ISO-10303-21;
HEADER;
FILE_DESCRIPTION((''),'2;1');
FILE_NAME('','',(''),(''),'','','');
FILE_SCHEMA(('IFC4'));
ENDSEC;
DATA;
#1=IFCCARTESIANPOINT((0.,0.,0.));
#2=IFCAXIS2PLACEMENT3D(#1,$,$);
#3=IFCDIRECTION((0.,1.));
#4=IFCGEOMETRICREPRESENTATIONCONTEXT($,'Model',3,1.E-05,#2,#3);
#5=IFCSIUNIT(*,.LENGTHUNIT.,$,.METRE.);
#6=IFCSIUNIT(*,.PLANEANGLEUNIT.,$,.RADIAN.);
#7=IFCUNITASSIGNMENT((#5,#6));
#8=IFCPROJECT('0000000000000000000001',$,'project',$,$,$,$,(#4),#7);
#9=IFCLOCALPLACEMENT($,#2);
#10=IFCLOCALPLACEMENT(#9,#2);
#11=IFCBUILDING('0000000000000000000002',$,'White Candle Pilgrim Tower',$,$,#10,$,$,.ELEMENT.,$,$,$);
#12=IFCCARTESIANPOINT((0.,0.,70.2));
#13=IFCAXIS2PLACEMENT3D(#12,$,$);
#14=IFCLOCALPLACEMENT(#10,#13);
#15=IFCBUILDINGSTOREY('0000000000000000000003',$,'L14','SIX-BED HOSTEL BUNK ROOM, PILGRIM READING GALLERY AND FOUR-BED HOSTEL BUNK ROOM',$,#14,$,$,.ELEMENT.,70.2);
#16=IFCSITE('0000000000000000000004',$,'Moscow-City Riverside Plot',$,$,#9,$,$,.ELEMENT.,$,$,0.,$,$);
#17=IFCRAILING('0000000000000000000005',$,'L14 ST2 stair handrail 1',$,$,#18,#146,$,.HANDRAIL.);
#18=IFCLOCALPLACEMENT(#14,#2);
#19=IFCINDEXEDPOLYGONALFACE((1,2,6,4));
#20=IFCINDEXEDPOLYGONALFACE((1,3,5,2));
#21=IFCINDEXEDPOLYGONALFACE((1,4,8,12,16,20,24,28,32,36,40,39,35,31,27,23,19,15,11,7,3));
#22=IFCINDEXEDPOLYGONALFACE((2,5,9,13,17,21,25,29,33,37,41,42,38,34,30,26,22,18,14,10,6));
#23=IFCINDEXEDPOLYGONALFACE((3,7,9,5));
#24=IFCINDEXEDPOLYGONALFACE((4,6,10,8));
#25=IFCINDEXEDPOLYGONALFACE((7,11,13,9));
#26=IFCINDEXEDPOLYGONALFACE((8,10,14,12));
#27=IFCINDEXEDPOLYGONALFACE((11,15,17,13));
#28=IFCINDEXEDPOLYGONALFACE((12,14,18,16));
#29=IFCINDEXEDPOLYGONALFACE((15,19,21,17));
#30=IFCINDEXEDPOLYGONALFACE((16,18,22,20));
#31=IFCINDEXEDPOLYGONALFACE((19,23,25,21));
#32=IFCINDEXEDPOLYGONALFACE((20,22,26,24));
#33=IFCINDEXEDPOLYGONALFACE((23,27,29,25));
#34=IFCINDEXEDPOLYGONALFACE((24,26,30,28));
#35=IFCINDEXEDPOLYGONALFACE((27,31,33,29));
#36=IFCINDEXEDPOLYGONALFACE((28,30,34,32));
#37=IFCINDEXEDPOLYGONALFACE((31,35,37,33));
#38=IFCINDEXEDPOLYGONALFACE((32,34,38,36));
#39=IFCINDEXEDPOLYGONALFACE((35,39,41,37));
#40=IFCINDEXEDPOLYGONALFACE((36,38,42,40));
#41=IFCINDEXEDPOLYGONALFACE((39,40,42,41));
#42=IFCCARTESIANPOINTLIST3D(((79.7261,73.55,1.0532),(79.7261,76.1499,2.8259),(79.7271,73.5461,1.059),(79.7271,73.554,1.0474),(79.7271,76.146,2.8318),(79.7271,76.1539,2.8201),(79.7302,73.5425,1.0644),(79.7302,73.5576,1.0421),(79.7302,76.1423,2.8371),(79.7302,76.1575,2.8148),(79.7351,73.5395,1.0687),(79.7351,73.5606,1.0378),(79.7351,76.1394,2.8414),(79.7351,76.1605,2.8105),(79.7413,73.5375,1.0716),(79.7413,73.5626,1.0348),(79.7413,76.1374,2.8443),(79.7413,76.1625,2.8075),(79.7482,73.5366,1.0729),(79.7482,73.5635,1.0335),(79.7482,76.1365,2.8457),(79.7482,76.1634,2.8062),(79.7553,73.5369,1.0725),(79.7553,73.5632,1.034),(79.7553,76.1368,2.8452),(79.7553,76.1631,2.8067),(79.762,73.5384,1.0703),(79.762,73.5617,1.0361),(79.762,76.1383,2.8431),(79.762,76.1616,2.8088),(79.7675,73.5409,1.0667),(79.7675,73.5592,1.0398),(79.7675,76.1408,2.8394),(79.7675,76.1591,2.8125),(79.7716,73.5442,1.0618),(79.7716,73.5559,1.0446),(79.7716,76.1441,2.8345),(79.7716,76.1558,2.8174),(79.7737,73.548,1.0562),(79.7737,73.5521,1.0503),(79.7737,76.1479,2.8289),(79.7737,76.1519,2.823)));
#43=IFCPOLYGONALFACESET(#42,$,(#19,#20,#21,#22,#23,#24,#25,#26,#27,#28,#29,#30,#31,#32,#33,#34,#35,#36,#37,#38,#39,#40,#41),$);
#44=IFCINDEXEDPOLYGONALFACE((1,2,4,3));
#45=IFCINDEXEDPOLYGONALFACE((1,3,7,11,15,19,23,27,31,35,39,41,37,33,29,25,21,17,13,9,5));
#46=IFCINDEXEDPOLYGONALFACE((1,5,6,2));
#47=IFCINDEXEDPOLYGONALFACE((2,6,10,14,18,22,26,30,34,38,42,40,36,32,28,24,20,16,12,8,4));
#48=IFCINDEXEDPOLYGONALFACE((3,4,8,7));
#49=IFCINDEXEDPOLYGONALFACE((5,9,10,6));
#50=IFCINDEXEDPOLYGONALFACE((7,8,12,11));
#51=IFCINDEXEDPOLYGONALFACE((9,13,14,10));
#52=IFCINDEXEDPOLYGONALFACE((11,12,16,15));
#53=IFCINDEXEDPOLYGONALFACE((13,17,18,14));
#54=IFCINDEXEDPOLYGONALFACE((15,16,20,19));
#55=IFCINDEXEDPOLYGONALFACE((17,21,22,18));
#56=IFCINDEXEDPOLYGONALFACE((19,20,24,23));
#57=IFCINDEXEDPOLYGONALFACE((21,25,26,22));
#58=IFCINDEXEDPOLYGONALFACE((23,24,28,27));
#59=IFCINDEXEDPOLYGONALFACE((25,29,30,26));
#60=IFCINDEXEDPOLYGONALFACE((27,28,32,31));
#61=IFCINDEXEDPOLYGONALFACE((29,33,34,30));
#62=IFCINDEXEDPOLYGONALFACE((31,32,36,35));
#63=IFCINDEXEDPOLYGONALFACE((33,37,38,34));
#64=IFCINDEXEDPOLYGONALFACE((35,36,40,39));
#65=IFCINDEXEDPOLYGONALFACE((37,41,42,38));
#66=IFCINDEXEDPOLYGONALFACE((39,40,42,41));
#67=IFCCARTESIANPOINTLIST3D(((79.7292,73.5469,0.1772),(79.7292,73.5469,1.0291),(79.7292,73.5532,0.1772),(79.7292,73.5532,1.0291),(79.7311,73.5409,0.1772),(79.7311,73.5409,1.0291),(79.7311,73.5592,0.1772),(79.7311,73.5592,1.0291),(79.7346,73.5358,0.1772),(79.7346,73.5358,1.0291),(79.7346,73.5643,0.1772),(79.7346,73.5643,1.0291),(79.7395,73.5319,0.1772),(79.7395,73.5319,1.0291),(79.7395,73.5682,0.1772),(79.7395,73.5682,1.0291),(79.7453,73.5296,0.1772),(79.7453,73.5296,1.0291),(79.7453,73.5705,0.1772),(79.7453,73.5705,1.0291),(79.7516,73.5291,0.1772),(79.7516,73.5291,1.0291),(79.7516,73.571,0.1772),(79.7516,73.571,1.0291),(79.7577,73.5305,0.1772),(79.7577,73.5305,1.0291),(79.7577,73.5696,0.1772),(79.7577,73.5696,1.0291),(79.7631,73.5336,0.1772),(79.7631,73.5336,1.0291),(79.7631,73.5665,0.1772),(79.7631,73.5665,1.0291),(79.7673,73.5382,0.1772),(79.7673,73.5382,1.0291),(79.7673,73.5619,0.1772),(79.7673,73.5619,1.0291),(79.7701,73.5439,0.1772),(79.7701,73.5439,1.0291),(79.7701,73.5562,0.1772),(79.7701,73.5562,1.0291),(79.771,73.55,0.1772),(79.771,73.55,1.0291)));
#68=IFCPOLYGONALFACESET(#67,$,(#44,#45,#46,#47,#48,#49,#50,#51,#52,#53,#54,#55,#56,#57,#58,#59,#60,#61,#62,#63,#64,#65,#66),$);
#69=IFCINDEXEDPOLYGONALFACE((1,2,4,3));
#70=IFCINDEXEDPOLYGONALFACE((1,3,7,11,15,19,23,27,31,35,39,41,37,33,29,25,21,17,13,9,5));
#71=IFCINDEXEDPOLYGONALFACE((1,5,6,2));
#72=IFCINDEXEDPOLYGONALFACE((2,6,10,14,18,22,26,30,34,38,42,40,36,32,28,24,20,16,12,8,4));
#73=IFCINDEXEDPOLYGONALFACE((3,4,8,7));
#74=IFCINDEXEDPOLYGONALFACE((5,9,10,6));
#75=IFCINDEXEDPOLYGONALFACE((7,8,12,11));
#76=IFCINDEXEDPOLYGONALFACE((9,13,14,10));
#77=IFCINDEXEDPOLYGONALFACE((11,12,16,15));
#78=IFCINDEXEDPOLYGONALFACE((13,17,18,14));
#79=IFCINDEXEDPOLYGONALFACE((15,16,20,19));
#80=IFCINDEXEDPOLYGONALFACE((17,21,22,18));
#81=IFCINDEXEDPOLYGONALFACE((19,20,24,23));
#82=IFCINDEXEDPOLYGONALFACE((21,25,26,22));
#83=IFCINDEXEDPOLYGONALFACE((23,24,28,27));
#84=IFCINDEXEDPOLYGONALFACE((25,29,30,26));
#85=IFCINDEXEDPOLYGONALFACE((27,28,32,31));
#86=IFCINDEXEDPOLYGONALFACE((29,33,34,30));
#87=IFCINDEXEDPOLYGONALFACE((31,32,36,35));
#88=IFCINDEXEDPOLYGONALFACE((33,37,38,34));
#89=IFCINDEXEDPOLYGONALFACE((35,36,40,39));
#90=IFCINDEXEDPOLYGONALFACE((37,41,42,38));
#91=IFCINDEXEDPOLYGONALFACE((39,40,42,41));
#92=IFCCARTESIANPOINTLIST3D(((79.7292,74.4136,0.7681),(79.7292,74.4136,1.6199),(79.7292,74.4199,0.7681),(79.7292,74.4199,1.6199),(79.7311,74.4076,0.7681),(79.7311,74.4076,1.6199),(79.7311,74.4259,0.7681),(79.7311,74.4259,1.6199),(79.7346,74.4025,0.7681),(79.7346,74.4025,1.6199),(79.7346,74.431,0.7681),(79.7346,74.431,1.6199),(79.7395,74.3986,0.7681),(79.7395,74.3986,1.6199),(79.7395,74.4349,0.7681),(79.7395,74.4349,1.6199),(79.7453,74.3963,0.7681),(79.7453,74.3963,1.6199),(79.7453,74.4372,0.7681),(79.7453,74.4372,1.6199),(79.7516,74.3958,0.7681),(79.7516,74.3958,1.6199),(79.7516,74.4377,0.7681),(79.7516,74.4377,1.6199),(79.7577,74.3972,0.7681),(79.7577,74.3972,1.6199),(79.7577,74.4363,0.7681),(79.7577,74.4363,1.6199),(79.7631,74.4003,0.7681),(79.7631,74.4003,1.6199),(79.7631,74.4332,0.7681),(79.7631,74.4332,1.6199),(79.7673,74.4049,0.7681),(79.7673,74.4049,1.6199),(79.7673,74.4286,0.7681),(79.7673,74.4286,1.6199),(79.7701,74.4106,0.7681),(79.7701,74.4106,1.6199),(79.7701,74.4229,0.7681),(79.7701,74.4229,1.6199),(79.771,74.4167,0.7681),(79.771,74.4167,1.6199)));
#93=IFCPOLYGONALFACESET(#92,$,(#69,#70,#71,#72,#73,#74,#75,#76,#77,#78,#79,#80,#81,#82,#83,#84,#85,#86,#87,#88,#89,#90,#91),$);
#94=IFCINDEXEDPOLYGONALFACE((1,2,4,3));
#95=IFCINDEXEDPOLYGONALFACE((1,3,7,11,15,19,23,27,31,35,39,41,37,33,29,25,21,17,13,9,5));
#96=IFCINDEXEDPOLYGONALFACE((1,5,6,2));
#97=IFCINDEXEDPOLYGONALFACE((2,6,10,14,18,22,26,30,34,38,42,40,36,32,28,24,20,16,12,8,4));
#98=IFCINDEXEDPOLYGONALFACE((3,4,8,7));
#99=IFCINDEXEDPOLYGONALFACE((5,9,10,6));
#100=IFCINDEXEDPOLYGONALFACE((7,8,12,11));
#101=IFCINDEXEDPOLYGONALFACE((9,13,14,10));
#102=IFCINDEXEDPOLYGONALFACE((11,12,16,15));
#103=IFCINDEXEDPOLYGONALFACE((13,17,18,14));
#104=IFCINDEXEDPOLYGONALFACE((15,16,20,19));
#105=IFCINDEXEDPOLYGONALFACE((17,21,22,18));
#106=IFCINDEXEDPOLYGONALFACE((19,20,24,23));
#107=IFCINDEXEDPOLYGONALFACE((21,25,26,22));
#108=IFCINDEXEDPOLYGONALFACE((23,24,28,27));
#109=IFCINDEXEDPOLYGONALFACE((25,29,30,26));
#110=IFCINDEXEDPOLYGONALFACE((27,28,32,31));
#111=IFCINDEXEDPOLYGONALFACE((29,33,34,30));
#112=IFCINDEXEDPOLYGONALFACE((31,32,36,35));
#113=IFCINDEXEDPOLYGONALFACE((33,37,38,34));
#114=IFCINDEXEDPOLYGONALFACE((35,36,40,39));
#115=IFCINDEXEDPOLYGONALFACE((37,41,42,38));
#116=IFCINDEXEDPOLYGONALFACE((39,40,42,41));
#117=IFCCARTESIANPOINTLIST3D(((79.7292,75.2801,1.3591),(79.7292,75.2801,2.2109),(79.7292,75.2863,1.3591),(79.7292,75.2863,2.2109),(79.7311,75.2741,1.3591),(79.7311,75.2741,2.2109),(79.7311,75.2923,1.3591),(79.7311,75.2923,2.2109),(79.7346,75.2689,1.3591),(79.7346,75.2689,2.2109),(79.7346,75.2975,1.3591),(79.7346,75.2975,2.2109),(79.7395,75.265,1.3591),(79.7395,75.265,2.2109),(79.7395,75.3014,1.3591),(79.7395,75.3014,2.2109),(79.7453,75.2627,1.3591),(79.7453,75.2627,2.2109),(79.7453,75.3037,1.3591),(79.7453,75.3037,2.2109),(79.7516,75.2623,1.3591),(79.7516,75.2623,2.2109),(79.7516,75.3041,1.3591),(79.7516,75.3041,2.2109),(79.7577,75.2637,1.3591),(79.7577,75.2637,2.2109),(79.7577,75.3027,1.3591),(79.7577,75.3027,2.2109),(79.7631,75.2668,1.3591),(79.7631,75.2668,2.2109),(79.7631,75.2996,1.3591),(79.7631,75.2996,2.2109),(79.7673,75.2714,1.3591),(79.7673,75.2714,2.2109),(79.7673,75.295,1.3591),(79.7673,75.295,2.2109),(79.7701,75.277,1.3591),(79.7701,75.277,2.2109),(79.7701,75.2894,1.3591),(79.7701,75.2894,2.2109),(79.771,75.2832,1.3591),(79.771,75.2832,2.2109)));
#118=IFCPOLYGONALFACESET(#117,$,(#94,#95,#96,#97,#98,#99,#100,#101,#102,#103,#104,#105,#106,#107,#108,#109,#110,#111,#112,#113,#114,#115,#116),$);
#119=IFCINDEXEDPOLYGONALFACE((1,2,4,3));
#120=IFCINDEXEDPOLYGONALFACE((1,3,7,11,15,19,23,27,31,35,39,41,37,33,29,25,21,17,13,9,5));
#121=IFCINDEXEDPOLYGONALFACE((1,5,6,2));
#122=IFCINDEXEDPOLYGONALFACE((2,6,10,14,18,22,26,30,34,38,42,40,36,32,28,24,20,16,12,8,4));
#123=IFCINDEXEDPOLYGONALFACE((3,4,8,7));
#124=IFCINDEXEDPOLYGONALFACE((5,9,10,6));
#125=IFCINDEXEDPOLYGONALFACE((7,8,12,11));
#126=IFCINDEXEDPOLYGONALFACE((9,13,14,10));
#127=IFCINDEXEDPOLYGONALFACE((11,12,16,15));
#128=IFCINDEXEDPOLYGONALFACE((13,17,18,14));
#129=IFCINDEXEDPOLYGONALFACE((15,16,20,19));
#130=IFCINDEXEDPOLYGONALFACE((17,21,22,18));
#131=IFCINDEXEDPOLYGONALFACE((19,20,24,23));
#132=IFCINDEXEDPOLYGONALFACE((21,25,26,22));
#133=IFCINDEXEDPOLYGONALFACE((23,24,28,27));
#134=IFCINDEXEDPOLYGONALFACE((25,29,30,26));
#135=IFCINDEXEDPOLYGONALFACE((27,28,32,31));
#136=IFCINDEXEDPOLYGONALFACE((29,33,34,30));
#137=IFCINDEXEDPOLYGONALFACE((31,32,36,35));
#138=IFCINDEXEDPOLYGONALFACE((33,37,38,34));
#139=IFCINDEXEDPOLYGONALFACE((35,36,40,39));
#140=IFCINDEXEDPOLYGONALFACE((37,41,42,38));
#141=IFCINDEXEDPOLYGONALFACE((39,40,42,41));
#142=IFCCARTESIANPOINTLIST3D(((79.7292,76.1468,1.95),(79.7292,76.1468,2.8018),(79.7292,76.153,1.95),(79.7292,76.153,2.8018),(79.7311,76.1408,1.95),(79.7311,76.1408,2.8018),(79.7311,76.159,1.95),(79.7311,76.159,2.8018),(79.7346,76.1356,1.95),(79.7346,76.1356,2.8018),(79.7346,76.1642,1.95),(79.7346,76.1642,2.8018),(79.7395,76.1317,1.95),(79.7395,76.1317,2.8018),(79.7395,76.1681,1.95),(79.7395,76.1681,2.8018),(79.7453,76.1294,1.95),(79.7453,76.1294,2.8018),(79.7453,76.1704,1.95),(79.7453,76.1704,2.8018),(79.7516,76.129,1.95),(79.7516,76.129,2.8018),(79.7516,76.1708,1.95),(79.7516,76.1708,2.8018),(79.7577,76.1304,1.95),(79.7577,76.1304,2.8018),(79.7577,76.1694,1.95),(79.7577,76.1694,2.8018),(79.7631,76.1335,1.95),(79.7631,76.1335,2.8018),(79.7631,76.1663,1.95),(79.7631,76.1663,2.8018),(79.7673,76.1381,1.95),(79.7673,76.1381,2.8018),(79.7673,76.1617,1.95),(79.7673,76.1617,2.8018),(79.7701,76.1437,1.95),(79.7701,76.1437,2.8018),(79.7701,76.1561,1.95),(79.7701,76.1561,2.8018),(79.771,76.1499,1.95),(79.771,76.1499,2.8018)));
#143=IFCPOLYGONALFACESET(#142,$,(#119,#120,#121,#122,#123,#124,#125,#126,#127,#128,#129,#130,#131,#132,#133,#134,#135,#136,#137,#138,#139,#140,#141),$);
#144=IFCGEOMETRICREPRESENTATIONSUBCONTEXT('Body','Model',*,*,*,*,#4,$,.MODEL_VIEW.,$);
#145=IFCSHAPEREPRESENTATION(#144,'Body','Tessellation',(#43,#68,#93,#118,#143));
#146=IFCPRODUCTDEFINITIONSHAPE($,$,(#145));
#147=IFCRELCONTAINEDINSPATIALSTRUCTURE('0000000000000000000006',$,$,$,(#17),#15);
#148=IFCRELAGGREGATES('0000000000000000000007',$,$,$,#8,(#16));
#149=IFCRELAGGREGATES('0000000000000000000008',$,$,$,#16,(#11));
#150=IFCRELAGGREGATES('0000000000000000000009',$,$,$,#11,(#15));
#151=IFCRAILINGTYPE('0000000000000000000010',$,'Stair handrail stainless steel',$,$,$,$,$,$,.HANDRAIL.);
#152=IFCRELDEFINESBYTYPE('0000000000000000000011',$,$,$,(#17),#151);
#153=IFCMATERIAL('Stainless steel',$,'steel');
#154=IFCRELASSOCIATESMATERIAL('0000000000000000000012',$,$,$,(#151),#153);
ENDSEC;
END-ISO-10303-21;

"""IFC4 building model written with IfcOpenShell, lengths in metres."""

from ifc_helpers import new_model, si_unit, direction, frame, origin, origin_2d, place, context, subcontext, project, spatial, circle, extrude, material, type_object, element, save


model = new_model("IFC4")

# Units and contexts
model_context = context("Model", 3, precision=1e-05, world=origin(), true_north=direction((0.0, 1.0)))
body_context = subcontext(model_context, "Body", "Model", "MODEL_VIEW")
ifc_project = project(units=[si_unit("LENGTHUNIT", "METRE"), si_unit("PLANEANGLEUNIT", "RADIAN")], contexts=[model_context])

# Site, building, storey
site_placement = place(None, origin())
site = spatial("IfcSite", under=ifc_project, at=site_placement, Name="Moscow-City Riverside Plot", CompositionType="ELEMENT", RefElevation=0.0)
building_placement = place(site_placement, origin())
building = spatial("IfcBuilding", under=site, at=building_placement, Name="White Candle Pilgrim Tower", CompositionType="ELEMENT")
storey_placement = place(building_placement, frame((0.0, 0.0, 70.2)))
storey = spatial("IfcBuildingStorey", under=building, at=storey_placement, Name="L14", Description="SIX-BED HOSTEL BUNK ROOM, PILGRIM READING GALLERY AND FOUR-BED HOSTEL BUNK ROOM", CompositionType="ELEMENT", Elevation=70.2)

# Railing
ifc_material_1 = material(Name="Stainless steel", Category="steel")
railing_type_1 = type_object("IfcRailingType", Name="Stair handrail stainless steel", PredefinedType="HANDRAIL", material=ifc_material_1)
railing_1_placement = place(storey_placement, frame((79.75, 73.55, 0.1772)))
element("IfcRailing", 1, at=railing_1_placement, inside=storey, type_object=railing_type_1, Name="L14 ST2 stair handrail 1", PredefinedType="HANDRAIL", context=body_context, shape_type="SweptSolid", body=[
    extrude(circle(Radius=0.0239, at=origin_2d()), frame((0.0, 0.0, 0.876), z_axis=(0.0, 0.826216, 0.563354), x_axis=(-1.0, 0.0, 0.0)), (0.0, 0.0, 1.0), 3.1467),
    extrude(circle(Radius=0.021, at=origin_2d()), origin(), (0.0, 0.0, 1.0), 0.8518),
    extrude(circle(Radius=0.021, at=origin_2d()), frame((0.0, 0.8667, 0.5908)), (0.0, 0.0, 1.0), 0.8518),
    extrude(circle(Radius=0.021, at=origin_2d()), frame((0.0, 1.7332, 1.1819)), (0.0, 0.0, 1.0), 0.8518),
    extrude(circle(Radius=0.021, at=origin_2d()), frame((0.0, 2.5999, 1.7727)), (0.0, 0.0, 1.0), 0.8518),
])

save(model, "model.ifc")
